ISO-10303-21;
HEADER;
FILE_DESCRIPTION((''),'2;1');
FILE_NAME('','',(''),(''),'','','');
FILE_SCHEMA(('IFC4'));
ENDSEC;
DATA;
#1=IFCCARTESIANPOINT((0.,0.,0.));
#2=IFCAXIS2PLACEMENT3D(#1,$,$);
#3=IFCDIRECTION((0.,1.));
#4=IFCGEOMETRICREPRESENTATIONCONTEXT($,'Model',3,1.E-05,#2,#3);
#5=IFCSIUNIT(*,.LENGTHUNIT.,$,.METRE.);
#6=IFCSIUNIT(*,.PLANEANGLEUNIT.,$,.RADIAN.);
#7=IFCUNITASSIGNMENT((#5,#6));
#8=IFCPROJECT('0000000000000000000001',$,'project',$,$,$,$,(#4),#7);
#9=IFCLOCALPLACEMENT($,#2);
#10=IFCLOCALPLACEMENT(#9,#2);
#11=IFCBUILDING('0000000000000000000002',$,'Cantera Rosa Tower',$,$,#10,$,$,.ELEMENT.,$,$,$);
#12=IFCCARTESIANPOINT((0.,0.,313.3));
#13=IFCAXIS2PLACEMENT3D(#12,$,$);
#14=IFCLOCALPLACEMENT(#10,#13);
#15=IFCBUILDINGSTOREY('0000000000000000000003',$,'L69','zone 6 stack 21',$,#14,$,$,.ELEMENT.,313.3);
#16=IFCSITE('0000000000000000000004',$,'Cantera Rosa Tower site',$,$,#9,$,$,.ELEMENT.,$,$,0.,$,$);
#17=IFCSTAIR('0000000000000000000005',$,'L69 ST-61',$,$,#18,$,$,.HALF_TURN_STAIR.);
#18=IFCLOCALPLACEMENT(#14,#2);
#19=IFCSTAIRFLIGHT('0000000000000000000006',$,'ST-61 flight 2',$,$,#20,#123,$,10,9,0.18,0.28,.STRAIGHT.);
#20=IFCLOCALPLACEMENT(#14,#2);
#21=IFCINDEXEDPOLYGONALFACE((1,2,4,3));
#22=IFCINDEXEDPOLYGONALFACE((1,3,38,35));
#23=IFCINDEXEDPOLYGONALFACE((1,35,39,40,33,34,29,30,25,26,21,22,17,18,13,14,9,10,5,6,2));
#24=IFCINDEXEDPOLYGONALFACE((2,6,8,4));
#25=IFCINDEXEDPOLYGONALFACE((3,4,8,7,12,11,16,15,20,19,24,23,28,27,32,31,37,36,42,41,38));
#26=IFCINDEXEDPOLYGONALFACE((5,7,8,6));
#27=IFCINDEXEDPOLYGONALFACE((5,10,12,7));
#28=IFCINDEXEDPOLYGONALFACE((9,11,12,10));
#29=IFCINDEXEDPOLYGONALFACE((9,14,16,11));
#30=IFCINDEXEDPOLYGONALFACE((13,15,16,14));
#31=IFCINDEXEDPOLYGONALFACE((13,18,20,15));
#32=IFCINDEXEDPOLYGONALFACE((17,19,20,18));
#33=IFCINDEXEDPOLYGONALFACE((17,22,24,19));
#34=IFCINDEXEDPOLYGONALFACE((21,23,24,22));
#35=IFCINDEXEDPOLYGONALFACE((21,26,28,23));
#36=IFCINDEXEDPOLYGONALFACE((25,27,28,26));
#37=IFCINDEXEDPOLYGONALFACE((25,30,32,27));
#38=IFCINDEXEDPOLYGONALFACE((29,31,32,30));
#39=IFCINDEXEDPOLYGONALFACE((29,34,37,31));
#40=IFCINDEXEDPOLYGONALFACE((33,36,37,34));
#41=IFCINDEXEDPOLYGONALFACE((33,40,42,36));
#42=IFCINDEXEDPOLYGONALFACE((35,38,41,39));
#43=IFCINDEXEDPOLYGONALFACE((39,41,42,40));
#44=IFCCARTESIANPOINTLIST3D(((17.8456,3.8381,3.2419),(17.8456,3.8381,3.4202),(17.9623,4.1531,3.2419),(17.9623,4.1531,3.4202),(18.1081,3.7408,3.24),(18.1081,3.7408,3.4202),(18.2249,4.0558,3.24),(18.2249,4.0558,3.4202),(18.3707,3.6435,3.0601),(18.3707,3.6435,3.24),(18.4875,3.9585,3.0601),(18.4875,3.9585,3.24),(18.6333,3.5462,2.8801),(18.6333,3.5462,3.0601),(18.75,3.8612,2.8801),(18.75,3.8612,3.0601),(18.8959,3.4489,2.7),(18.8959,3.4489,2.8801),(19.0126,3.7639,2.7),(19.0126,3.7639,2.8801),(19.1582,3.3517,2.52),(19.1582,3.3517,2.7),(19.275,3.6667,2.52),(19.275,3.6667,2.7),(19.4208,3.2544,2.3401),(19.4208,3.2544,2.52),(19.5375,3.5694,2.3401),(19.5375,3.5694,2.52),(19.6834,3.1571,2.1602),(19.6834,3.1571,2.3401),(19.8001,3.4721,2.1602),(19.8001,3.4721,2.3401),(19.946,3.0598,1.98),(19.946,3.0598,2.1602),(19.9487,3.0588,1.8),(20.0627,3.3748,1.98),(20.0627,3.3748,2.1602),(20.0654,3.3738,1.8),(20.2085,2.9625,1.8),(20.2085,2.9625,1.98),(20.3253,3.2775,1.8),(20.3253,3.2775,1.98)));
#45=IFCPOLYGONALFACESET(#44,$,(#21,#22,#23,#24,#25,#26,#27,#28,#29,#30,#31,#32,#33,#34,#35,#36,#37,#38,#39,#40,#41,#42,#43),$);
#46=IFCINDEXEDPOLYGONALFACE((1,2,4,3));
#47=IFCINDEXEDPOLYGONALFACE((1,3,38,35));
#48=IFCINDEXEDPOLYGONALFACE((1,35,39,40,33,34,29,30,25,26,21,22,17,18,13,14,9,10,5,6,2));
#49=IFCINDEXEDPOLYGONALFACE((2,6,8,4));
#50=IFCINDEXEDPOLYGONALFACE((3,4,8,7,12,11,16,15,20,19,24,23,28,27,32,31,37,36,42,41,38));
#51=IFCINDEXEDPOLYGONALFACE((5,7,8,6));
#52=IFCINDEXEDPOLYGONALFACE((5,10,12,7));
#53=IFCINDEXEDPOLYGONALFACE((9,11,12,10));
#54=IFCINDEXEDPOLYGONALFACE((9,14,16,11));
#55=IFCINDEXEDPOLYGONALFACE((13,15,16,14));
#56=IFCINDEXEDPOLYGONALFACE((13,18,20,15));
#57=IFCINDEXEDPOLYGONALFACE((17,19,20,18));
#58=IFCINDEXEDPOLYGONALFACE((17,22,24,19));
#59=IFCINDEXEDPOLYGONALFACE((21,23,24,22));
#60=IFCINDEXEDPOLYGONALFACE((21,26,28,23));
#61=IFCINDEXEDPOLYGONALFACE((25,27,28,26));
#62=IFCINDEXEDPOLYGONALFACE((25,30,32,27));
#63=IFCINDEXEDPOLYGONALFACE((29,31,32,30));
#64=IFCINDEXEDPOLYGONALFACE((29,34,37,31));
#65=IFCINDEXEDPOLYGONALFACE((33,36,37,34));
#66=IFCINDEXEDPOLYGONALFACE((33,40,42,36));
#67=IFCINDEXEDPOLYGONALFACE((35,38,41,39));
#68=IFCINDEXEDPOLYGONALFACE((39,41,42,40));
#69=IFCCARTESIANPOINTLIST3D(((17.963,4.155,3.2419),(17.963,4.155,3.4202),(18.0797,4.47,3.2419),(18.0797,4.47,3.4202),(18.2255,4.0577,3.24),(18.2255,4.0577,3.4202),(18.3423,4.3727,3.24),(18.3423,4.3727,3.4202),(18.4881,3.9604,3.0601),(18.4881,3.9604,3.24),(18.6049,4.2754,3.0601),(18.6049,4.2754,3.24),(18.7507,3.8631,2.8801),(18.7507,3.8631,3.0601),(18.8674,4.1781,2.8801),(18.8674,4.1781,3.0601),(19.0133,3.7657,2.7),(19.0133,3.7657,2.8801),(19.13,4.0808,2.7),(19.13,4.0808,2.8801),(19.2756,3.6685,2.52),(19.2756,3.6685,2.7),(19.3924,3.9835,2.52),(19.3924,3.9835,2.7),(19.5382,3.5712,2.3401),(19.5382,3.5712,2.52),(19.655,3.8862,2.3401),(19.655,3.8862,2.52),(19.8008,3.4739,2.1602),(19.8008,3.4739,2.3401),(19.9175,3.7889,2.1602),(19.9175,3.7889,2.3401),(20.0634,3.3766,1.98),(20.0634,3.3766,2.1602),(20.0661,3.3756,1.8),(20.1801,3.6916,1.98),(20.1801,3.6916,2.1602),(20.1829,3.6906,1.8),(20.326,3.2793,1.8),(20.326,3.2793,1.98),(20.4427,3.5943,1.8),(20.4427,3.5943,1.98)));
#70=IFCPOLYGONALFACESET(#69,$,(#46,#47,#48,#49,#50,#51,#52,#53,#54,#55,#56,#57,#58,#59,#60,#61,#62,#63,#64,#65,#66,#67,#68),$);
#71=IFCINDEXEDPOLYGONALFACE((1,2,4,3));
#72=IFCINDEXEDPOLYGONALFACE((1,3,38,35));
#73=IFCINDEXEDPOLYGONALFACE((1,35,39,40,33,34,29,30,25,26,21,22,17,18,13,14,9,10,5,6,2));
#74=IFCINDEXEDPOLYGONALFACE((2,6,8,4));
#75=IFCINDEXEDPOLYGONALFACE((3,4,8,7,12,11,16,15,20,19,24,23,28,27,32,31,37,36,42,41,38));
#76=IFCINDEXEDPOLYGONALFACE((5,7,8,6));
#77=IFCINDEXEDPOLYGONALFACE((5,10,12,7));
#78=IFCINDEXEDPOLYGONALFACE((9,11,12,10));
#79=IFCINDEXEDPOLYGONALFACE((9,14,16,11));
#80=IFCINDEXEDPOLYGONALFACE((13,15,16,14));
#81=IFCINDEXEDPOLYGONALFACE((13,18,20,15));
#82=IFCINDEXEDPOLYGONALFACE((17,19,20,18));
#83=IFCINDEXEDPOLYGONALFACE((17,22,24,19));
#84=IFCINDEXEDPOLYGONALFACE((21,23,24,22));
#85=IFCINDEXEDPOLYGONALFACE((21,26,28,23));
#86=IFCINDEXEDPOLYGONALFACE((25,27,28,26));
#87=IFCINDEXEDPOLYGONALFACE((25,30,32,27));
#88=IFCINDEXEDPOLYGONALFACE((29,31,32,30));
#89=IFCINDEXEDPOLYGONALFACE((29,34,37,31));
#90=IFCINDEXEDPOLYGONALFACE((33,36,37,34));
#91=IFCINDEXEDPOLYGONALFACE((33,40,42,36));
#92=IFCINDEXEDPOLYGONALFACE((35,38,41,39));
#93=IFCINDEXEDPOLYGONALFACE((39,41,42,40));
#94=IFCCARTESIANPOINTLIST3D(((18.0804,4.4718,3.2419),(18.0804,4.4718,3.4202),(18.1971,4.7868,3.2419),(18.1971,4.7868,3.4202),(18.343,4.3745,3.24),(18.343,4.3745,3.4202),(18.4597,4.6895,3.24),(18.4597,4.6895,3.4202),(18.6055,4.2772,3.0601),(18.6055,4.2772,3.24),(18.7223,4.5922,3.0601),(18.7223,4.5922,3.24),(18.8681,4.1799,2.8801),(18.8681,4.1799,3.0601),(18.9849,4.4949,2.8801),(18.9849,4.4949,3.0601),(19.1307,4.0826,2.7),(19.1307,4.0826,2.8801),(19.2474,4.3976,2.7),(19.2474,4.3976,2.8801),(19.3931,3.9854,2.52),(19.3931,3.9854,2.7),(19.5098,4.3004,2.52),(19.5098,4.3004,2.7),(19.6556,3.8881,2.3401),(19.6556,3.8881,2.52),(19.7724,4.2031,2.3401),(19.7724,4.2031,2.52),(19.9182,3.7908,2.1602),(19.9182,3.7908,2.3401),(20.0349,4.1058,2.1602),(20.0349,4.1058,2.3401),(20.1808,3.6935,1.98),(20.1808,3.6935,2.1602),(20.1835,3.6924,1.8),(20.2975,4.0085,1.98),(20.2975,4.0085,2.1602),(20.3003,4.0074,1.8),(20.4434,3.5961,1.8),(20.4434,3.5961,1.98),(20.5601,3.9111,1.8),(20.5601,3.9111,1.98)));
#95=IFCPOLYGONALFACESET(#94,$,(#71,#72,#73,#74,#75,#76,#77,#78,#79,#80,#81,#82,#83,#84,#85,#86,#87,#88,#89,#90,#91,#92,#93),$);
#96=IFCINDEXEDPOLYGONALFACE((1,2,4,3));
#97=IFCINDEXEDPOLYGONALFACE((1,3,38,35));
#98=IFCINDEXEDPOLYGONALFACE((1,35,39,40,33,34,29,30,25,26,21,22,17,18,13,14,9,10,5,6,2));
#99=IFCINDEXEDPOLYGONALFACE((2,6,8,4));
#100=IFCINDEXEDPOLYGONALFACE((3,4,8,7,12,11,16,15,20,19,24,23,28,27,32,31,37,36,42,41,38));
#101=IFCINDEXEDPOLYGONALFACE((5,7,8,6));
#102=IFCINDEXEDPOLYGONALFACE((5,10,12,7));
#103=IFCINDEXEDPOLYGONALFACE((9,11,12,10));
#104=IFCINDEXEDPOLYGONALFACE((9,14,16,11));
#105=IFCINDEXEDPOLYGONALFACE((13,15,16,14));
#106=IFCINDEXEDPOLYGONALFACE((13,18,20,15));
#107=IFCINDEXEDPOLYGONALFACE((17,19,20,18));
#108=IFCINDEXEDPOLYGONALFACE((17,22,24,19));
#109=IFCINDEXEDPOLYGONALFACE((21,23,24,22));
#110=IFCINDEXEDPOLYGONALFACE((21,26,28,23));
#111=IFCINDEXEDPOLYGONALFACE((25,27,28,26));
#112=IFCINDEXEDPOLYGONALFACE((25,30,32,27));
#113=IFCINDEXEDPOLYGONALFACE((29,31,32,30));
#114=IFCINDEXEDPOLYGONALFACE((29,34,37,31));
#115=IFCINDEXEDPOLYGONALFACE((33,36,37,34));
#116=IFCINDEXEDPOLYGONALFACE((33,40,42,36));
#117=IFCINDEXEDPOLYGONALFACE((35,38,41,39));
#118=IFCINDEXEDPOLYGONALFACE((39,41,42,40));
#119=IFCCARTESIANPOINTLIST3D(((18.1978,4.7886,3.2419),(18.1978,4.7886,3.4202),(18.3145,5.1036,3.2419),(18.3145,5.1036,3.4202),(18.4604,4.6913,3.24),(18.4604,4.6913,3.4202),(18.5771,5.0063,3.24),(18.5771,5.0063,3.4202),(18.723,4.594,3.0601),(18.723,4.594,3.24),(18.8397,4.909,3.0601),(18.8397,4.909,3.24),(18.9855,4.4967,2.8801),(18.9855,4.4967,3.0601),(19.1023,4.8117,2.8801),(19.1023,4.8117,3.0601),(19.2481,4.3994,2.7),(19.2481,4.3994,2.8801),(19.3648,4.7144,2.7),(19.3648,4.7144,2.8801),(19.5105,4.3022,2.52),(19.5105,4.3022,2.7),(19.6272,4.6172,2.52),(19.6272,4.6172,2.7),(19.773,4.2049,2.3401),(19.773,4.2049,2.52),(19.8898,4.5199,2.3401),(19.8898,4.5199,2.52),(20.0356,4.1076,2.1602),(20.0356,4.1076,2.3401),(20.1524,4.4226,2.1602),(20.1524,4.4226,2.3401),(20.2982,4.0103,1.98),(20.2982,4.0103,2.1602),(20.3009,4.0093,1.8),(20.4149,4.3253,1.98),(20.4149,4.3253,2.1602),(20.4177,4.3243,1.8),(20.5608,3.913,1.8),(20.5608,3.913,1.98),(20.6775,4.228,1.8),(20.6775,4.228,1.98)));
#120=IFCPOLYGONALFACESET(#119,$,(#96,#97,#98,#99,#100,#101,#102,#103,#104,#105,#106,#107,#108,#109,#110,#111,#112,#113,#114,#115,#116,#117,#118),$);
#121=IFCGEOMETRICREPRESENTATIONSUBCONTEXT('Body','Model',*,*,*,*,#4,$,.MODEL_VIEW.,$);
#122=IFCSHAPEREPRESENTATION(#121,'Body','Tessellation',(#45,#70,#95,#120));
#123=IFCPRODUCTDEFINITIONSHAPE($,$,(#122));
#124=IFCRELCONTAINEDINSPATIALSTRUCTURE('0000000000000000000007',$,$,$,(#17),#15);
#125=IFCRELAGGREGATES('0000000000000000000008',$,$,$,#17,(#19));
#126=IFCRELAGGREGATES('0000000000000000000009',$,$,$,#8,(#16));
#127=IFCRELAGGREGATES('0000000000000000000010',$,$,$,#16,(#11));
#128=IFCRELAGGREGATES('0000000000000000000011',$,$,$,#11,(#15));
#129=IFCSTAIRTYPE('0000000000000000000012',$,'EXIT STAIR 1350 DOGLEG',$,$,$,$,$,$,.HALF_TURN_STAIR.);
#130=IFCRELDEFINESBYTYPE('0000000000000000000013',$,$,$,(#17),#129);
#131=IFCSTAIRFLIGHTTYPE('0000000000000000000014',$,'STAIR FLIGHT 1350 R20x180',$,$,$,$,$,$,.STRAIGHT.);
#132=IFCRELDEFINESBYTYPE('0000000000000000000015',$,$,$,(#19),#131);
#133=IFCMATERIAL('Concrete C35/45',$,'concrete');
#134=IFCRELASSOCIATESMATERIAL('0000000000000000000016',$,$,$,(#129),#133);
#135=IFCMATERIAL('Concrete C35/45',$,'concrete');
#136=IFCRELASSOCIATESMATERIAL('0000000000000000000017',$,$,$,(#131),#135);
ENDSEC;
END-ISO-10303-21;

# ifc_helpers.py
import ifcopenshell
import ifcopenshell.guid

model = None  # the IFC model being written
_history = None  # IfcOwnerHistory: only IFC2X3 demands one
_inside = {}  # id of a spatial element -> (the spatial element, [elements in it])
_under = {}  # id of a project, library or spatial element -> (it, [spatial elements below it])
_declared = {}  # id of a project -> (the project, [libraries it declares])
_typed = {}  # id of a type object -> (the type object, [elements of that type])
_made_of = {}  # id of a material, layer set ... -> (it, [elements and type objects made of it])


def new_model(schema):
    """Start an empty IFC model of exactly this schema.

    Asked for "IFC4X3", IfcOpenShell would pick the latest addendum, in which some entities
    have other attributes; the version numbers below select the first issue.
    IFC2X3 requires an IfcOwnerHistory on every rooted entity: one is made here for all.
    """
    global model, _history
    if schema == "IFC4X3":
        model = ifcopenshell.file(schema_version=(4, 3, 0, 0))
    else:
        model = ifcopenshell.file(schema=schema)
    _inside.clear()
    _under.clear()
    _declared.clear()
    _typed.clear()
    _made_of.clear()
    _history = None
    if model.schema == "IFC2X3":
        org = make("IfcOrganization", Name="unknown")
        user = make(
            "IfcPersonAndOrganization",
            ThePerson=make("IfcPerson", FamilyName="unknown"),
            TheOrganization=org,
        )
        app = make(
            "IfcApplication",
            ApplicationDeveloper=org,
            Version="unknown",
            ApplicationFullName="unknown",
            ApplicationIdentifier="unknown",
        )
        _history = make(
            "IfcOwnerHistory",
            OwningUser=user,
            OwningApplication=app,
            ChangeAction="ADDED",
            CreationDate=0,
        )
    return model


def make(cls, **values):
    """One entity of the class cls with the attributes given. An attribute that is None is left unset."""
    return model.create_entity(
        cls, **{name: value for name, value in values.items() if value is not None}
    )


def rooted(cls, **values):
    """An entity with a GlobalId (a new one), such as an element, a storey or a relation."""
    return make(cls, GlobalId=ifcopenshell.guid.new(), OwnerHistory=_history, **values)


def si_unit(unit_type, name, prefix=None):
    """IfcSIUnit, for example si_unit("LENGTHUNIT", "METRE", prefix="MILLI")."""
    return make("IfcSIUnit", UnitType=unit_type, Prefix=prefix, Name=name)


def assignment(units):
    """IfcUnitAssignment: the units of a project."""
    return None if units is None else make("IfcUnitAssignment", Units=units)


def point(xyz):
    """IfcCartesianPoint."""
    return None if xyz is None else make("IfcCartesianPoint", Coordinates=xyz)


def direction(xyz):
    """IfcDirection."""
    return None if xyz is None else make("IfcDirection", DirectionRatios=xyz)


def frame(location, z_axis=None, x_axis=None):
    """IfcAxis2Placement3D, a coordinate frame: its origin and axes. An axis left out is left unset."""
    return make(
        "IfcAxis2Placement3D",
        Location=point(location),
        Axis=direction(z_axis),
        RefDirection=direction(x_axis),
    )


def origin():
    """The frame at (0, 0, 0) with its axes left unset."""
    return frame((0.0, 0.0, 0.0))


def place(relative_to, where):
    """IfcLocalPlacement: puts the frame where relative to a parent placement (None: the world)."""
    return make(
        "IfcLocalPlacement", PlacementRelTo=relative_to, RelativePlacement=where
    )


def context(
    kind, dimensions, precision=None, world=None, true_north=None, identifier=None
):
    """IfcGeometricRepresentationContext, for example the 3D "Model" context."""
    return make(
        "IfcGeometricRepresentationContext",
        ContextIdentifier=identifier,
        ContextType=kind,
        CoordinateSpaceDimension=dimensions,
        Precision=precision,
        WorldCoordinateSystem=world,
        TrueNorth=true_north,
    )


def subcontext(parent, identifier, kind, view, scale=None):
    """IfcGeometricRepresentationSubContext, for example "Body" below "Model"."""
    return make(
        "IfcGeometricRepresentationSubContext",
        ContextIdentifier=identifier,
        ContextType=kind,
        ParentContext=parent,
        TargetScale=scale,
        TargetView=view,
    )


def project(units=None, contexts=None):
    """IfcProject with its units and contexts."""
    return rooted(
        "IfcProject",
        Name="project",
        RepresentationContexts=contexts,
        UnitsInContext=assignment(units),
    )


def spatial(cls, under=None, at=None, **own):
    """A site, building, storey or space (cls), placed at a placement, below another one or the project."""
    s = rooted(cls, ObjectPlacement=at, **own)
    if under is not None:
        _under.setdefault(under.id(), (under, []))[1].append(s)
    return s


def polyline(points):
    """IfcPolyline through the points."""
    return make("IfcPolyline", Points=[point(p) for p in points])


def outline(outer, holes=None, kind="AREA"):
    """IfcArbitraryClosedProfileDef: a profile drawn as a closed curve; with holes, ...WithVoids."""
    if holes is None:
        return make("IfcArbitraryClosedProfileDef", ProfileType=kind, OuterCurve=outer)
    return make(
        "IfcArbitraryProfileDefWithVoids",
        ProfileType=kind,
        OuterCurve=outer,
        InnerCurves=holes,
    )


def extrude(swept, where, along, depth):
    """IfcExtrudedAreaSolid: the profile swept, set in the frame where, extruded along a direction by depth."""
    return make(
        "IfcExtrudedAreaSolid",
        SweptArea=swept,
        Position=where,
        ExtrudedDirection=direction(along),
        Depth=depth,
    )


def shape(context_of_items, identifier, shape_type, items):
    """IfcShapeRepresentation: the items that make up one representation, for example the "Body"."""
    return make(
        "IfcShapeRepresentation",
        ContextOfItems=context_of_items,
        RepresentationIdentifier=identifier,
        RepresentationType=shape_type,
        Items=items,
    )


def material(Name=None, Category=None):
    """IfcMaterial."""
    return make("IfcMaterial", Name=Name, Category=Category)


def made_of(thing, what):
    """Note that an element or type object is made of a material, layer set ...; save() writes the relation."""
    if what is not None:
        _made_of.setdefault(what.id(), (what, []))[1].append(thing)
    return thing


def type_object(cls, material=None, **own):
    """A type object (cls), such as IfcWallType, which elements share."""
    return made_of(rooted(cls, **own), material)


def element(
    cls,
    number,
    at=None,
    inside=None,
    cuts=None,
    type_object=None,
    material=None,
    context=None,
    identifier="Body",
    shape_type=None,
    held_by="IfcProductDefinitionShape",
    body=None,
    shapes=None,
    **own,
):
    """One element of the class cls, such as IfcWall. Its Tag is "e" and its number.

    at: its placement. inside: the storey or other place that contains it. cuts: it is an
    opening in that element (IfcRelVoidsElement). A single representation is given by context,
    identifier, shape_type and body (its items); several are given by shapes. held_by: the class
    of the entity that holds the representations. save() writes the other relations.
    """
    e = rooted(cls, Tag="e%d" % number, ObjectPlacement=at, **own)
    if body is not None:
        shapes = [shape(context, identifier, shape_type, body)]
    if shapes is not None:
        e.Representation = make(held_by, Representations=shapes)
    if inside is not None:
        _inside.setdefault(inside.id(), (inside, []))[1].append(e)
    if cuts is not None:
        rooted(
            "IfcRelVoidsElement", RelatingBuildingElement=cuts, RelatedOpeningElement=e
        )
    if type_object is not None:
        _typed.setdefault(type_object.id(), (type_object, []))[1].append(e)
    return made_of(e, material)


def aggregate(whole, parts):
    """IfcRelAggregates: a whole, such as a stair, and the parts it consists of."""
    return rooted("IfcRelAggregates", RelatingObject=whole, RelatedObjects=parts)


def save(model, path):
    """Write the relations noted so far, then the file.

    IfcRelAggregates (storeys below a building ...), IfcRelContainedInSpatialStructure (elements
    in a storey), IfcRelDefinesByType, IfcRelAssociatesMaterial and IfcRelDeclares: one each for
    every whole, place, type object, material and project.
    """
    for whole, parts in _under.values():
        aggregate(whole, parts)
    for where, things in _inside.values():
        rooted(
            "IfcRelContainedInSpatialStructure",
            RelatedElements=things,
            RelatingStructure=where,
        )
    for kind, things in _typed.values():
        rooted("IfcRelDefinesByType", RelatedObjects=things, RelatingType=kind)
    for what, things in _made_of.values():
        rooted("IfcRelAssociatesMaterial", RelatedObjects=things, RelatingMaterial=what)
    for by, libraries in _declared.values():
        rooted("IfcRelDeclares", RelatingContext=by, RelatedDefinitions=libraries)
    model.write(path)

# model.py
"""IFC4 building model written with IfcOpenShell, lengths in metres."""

from ifc_helpers import new_model, si_unit, direction, frame, origin, place, context, subcontext, project, spatial, polyline, outline, extrude, material, type_object, element, aggregate, save


model = new_model("IFC4")

# Units and contexts
model_context = context("Model", 3, precision=1e-05, world=origin(), true_north=direction((0.0, 1.0)))
body_context = subcontext(model_context, "Body", "Model", "MODEL_VIEW")
ifc_project = project(units=[si_unit("LENGTHUNIT", "METRE"), si_unit("PLANEANGLEUNIT", "RADIAN")], contexts=[model_context])

# Site, building, storey
site_placement = place(None, origin())
site = spatial("IfcSite", under=ifc_project, at=site_placement, Name="Cantera Rosa Tower site", CompositionType="ELEMENT", RefElevation=0.0)
building_placement = place(site_placement, origin())
building = spatial("IfcBuilding", under=site, at=building_placement, Name="Cantera Rosa Tower", CompositionType="ELEMENT")
storey_placement = place(building_placement, frame((0.0, 0.0, 313.3)))
storey = spatial("IfcBuildingStorey", under=building, at=storey_placement, Name="L69", Description="zone 6 stack 21", CompositionType="ELEMENT", Elevation=313.3)

# Stair, stair flight
ifc_material_1 = material(Name="Concrete C35/45", Category="concrete")
stair_type = type_object("IfcStairType", Name="EXIT STAIR 1350 DOGLEG", PredefinedType="HALF_TURN_STAIR", material=ifc_material_1)
stair_placement = place(storey_placement, origin())
stair = element("IfcStair", 1, at=stair_placement, inside=storey, type_object=stair_type, Name="L69 ST-61", PredefinedType="HALF_TURN_STAIR")
ifc_material_2 = material(Name="Concrete C35/45", Category="concrete")
stair_flight_type = type_object("IfcStairFlightType", Name="STAIR FLIGHT 1350 R20x180", PredefinedType="STRAIGHT", material=ifc_material_2)
stair_flight_1_placement = place(storey_placement, frame((20.4431, 3.5955, 1.8), z_axis=(0.0, 0.0, 1.0), x_axis=(-0.937687, 0.347481, 0.0)))
stair_flight_1 = element("IfcStairFlight", 2, at=stair_flight_1_placement, type_object=stair_flight_type, Name="ST-61 flight 2", NumberOfRisers=10, NumberOfTreads=9, PredefinedType="STRAIGHT", RiserHeight=0.18, TreadLength=0.28, context=body_context, shape_type="SweptSolid", body=[
    extrude(outline(polyline([(0.0, 0.0), (0.0, 0.1799), (0.28, 0.1799), (0.28, 0.3601), (0.5601, 0.3601), (0.5601, 0.54), (0.8401, 0.54), (0.8401, 0.72), (1.1201, 0.72), (1.1201, 0.8999), (1.3999, 0.8999), (1.3999, 1.0801), (1.6799, 1.0801), (1.6799, 1.26), (1.96, 1.26), (1.96, 1.4399), (2.24, 1.4399), (2.24, 1.6201), (2.52, 1.6201), (2.52, 1.8), (2.52, 1.4419), (0.2771, 0.0), (0.0, 0.0)])), frame((0.0, 0.675, 0.0), z_axis=(0.0, -1.0, 0.0), x_axis=(1.0, 0.0, 0.0)), (0.0, 0.0, 1.0), 0.3359),
    extrude(outline(polyline([(0.0, 0.0), (0.0, 0.1799), (0.28, 0.1799), (0.28, 0.3601), (0.5601, 0.3601), (0.5601, 0.54), (0.8401, 0.54), (0.8401, 0.72), (1.1201, 0.72), (1.1201, 0.8999), (1.3999, 0.8999), (1.3999, 1.0801), (1.6799, 1.0801), (1.6799, 1.26), (1.96, 1.26), (1.96, 1.4399), (2.24, 1.4399), (2.24, 1.6201), (2.52, 1.6201), (2.52, 1.8), (2.52, 1.4419), (0.2771, 0.0), (0.0, 0.0)])), frame((0.0, 0.3372, 0.0), z_axis=(0.0, -1.0, 0.0), x_axis=(1.0, 0.0, 0.0)), (0.0, 0.0, 1.0), 0.3359),
    extrude(outline(polyline([(0.0, 0.0), (0.0, 0.1799), (0.28, 0.1799), (0.28, 0.3601), (0.5601, 0.3601), (0.5601, 0.54), (0.8401, 0.54), (0.8401, 0.72), (1.1201, 0.72), (1.1201, 0.8999), (1.3999, 0.8999), (1.3999, 1.0801), (1.6799, 1.0801), (1.6799, 1.26), (1.96, 1.26), (1.96, 1.4399), (2.24, 1.4399), (2.24, 1.6201), (2.52, 1.6201), (2.52, 1.8), (2.52, 1.4419), (0.2771, 0.0), (0.0, 0.0)])), frame((0.0, -0.0007, 0.0), z_axis=(0.0, -1.0, 0.0), x_axis=(1.0, 0.0, 0.0)), (0.0, 0.0, 1.0), 0.3359),
    extrude(outline(polyline([(0.0, 0.0), (0.0, 0.1799), (0.28, 0.1799), (0.28, 0.3601), (0.5601, 0.3601), (0.5601, 0.54), (0.8401, 0.54), (0.8401, 0.72), (1.1201, 0.72), (1.1201, 0.8999), (1.3999, 0.8999), (1.3999, 1.0801), (1.6799, 1.0801), (1.6799, 1.26), (1.96, 1.26), (1.96, 1.4399), (2.24, 1.4399), (2.24, 1.6201), (2.52, 1.6201), (2.52, 1.8), (2.52, 1.4419), (0.2771, 0.0), (0.0, 0.0)])), frame((0.0, -0.3386, 0.0), z_axis=(0.0, -1.0, 0.0), x_axis=(1.0, 0.0, 0.0)), (0.0, 0.0, 1.0), 0.3359),
])
aggregate(stair, [stair_flight_1])

save(model, "model.ifc")
